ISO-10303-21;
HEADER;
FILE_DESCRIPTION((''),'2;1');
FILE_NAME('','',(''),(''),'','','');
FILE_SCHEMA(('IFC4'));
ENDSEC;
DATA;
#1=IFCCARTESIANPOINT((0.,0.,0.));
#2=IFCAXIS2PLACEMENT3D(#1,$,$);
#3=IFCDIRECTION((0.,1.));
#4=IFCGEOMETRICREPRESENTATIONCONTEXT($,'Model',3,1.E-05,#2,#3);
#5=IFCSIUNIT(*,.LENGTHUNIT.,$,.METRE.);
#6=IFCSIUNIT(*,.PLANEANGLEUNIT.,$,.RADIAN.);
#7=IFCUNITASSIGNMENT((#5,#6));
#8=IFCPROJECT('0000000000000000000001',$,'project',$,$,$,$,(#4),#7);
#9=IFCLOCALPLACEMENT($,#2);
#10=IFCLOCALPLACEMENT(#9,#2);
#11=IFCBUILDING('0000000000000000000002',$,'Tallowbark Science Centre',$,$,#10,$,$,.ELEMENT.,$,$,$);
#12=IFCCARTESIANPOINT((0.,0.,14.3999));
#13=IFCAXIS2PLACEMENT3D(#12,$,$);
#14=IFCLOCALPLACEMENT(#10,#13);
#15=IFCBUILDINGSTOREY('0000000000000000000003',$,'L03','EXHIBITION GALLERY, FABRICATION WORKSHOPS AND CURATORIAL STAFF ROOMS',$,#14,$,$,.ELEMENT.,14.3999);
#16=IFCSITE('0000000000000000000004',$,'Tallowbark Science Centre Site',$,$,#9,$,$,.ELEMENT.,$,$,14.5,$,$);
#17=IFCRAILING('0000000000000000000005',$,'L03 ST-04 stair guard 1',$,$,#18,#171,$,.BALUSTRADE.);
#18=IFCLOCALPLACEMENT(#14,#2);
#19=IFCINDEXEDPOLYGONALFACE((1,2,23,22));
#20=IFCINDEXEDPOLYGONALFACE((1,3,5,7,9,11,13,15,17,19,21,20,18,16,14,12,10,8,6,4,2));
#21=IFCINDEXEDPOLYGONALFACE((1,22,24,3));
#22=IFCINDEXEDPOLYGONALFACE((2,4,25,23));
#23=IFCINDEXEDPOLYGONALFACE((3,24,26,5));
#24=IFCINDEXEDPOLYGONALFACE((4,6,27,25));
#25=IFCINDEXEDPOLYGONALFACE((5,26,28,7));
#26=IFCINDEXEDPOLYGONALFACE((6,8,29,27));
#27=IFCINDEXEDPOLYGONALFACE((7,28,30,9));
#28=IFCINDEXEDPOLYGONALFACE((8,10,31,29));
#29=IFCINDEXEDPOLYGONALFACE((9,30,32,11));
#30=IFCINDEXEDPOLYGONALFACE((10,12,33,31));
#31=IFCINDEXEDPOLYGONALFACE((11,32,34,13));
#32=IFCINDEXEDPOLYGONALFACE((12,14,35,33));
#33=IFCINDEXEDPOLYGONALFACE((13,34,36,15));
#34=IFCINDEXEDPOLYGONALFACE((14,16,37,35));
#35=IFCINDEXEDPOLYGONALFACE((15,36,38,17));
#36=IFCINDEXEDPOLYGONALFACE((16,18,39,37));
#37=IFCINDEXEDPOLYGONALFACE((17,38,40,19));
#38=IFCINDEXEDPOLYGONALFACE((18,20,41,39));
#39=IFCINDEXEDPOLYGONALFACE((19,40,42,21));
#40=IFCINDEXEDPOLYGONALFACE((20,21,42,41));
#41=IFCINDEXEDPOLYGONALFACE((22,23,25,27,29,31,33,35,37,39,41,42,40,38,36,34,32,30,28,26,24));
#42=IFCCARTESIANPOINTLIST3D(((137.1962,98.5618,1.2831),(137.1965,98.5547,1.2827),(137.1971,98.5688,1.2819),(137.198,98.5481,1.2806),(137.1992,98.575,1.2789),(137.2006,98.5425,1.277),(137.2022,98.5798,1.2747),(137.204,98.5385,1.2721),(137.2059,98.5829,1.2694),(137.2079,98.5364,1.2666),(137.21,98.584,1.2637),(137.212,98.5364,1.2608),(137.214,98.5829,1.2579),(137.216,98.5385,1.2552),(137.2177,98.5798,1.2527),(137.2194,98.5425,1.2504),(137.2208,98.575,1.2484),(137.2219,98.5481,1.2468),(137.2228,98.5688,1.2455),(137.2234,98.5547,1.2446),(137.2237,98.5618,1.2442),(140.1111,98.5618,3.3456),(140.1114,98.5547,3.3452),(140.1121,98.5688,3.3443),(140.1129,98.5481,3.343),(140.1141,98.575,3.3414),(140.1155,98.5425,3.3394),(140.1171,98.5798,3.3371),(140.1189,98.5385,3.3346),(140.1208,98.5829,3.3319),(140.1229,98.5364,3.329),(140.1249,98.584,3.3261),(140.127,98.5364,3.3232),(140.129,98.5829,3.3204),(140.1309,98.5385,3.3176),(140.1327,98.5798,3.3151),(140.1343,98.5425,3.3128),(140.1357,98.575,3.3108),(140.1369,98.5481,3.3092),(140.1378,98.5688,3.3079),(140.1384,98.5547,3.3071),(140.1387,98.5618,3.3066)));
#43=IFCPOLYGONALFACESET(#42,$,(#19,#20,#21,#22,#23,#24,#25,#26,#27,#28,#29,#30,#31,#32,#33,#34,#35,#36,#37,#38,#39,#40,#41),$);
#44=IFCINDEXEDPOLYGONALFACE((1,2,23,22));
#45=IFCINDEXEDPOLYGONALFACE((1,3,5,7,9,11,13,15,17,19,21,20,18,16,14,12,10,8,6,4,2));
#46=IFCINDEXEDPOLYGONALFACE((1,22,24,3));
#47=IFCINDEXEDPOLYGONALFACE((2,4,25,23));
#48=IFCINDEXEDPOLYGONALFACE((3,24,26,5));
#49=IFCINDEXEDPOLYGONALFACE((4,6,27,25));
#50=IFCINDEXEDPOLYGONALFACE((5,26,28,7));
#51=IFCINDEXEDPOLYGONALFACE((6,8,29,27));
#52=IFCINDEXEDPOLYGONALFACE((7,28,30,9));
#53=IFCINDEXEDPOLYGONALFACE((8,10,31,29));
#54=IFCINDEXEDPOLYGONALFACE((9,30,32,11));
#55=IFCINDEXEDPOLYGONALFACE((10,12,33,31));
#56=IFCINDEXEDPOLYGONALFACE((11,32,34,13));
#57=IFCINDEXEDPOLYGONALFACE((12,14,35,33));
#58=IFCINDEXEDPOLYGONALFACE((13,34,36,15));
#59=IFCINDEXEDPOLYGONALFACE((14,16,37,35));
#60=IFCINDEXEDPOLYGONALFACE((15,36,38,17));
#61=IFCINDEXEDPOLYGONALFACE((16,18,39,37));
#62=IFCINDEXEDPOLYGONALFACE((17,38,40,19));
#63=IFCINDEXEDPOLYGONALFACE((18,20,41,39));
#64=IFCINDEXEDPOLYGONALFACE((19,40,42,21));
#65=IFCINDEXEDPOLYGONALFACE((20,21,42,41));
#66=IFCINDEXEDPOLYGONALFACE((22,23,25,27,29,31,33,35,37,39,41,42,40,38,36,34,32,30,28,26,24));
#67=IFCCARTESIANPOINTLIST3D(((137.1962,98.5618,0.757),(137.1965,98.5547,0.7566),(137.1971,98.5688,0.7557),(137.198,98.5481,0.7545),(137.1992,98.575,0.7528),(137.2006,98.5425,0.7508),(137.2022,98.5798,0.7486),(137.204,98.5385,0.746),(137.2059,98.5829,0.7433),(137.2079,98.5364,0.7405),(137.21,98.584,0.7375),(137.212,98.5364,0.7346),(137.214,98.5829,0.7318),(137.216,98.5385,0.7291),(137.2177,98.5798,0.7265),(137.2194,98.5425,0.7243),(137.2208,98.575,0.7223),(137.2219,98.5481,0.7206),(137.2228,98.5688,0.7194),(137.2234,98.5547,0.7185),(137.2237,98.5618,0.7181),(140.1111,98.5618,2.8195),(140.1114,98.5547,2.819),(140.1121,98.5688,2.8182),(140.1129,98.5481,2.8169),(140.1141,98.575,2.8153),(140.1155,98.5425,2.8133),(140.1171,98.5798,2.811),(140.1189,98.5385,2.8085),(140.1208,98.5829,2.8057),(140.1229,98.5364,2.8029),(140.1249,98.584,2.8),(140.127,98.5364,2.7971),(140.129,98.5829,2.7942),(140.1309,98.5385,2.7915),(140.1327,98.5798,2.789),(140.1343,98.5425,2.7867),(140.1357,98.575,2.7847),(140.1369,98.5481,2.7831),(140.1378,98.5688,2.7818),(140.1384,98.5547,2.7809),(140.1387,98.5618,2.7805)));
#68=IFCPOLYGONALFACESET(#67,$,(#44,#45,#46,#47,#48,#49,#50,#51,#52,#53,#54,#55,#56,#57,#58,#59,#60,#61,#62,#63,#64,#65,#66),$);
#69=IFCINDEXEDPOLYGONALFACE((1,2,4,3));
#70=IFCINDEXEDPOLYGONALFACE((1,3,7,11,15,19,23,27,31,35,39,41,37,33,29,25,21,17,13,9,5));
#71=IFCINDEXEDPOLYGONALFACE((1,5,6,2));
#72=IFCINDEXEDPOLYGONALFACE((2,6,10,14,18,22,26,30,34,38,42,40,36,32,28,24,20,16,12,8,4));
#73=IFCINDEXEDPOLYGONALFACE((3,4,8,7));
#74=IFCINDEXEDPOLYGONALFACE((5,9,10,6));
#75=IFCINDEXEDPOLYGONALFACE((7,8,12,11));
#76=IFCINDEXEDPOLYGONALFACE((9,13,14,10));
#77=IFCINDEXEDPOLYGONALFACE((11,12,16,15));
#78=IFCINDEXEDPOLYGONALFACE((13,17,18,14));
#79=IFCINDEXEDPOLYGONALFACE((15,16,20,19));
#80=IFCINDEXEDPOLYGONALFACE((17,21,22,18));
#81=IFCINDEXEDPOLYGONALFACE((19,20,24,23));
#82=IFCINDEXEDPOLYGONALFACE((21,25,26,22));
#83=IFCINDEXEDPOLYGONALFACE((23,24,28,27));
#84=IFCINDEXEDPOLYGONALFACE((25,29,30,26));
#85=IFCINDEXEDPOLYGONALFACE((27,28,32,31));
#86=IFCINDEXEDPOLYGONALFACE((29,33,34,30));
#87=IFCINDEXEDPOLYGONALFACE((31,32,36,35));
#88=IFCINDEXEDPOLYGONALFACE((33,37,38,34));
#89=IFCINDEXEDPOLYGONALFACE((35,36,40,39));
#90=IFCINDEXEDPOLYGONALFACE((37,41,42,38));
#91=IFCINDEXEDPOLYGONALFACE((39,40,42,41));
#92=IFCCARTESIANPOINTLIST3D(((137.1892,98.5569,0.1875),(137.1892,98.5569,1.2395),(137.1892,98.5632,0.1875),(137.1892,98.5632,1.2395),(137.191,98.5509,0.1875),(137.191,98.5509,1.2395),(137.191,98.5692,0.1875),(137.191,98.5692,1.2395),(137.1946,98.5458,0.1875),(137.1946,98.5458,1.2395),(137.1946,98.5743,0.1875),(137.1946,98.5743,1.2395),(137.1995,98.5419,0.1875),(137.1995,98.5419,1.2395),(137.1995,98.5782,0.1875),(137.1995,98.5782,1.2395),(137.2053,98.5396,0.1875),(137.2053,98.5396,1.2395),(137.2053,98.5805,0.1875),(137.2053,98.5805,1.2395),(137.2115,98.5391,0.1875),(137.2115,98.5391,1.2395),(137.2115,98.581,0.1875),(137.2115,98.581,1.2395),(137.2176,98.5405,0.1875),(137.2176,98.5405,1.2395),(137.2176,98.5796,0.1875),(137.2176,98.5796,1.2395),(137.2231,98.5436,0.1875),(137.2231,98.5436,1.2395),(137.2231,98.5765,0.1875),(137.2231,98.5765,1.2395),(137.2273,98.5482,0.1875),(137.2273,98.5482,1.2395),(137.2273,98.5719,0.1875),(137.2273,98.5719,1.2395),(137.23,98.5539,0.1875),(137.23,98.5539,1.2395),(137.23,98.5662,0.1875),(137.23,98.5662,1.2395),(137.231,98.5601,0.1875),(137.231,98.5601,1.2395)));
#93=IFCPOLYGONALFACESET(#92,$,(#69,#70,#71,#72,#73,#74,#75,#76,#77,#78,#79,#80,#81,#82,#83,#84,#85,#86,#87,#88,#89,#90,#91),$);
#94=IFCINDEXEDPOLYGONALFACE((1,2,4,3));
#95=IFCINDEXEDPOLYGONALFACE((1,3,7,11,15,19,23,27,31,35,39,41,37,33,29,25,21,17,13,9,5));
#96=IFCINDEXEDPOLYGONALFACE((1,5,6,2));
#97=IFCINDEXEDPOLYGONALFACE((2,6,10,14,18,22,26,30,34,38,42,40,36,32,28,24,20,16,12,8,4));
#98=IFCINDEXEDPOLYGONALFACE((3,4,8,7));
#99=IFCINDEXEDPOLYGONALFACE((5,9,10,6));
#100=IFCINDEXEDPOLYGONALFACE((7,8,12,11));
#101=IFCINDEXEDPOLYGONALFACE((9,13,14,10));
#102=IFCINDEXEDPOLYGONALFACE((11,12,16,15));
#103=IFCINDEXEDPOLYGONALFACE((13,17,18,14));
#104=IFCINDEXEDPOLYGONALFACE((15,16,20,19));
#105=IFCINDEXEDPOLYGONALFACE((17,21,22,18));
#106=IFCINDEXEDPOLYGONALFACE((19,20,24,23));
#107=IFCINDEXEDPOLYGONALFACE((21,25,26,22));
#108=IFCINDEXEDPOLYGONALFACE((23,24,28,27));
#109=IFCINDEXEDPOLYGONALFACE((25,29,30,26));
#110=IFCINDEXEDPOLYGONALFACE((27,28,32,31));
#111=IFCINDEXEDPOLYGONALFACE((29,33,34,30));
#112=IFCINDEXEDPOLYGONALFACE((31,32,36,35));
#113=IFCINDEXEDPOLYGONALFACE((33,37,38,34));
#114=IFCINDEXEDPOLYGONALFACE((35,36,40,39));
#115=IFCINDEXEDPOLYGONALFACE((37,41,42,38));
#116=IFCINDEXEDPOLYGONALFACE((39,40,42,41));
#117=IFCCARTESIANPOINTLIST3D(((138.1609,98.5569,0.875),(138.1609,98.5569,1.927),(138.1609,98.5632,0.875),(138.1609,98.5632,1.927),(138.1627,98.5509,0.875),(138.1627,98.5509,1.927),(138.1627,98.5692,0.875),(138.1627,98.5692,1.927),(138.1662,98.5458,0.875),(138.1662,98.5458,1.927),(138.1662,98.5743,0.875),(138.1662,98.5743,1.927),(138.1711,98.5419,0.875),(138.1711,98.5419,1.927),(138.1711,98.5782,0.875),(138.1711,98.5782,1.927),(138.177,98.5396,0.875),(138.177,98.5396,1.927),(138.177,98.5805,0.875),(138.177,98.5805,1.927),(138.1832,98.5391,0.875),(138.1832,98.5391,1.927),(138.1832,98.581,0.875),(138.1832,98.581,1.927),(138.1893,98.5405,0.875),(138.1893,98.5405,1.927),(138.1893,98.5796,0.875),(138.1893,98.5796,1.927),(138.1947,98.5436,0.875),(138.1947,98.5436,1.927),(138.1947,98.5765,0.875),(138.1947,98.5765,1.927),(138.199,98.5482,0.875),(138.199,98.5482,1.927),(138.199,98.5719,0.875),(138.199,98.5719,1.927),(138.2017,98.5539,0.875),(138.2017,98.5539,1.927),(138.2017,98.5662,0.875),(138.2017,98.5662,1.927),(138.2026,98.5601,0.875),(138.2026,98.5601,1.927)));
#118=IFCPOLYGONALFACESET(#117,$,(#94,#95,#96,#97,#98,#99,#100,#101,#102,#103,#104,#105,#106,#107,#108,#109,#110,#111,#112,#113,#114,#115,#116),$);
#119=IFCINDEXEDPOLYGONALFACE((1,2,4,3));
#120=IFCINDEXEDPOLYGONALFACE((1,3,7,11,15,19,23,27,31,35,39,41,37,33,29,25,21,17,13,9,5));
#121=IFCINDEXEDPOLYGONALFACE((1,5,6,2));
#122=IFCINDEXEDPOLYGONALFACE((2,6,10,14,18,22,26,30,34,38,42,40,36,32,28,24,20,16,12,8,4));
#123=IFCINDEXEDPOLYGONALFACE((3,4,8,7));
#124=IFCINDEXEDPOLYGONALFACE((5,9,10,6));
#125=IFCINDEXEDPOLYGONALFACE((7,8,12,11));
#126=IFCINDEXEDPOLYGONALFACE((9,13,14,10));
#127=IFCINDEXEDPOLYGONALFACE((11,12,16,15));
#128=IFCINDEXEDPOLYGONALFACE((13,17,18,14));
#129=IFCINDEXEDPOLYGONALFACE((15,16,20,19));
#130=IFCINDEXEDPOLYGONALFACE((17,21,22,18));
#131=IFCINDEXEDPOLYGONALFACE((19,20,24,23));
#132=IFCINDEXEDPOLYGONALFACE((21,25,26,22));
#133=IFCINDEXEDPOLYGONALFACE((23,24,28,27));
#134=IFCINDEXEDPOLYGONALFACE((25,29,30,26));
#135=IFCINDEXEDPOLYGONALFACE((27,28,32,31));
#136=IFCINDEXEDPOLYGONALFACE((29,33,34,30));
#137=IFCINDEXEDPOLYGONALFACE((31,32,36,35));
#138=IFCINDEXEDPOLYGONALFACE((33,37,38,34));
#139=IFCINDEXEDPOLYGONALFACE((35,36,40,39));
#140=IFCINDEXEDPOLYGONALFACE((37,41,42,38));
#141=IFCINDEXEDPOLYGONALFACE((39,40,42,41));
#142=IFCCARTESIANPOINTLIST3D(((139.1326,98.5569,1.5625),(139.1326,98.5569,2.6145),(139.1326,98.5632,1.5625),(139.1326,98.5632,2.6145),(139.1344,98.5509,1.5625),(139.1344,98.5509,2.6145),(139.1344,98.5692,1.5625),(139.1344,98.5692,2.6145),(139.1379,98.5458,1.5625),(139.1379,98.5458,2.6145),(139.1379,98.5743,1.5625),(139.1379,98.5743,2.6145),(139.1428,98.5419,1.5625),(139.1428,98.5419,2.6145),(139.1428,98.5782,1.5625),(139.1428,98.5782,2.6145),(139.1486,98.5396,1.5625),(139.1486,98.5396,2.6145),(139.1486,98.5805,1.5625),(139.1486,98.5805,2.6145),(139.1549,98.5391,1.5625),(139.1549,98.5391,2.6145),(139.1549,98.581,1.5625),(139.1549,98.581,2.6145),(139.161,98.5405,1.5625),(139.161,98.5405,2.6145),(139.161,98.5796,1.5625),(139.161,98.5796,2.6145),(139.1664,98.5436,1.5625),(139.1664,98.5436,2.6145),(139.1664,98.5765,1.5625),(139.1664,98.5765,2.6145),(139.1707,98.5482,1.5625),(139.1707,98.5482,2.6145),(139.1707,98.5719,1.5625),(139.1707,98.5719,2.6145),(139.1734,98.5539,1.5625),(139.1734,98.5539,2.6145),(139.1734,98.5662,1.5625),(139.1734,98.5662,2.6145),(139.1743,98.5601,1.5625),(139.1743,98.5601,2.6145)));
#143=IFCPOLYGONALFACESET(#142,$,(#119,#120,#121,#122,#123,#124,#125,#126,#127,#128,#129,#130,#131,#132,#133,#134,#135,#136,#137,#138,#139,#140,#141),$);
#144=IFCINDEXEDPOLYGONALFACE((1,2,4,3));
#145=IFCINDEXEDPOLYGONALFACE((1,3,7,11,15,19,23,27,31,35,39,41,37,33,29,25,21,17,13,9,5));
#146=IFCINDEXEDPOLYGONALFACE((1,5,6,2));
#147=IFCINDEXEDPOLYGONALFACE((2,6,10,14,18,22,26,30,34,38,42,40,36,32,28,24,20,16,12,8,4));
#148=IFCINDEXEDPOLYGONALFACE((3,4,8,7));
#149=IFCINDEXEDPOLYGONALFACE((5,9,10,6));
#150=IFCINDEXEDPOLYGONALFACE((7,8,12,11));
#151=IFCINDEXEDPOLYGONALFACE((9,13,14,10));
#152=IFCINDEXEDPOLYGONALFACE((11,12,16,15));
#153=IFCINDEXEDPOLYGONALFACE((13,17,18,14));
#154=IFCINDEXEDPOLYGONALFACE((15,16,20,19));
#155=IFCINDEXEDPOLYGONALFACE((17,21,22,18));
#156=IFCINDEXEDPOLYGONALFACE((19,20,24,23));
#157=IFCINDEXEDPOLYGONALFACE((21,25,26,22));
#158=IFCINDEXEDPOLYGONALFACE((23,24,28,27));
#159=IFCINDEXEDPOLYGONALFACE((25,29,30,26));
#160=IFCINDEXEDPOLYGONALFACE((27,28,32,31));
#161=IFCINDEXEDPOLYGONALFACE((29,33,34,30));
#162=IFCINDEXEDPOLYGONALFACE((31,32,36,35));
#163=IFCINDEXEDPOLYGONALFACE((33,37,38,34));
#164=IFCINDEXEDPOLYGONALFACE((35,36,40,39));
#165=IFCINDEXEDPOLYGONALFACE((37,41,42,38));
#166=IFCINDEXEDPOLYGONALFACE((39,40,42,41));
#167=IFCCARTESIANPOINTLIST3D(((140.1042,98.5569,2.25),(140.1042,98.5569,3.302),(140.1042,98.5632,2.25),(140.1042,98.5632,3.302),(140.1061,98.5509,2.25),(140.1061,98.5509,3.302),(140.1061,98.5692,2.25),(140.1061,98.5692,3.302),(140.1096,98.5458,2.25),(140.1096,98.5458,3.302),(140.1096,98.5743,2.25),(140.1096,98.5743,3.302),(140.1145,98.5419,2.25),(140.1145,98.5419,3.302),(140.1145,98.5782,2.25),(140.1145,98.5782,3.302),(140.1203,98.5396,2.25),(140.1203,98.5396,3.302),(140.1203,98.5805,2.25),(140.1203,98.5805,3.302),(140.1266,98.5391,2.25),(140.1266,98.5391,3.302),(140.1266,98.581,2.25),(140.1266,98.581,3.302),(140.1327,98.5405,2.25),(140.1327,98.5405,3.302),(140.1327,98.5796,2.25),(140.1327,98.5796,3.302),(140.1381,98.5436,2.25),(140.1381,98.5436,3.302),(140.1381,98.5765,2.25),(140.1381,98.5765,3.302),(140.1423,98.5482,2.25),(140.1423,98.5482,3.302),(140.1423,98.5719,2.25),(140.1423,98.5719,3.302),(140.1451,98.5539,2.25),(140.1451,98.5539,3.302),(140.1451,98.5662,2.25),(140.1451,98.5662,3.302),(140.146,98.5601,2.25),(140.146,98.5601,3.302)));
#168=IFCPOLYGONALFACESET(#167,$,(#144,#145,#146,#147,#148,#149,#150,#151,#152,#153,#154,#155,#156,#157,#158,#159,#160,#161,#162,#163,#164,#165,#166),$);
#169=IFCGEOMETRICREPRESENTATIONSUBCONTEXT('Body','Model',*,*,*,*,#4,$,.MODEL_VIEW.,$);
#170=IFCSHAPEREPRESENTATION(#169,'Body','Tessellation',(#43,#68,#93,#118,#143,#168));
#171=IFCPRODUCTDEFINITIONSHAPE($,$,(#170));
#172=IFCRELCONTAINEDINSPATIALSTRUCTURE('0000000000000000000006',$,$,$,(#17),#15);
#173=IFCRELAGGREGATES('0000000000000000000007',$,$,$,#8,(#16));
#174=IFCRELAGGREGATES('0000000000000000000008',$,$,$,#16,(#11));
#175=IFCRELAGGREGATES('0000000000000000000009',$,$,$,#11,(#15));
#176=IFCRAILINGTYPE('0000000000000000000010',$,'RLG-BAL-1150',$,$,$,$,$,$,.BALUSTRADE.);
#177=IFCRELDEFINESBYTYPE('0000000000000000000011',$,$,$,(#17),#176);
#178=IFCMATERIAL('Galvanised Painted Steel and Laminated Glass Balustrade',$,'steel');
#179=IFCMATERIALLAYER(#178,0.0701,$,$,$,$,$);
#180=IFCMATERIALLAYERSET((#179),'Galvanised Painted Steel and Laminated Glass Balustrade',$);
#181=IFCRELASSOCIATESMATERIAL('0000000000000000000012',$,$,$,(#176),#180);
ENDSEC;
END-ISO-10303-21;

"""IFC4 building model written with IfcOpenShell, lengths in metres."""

from ifc_helpers import new_model, si_unit, direction, frame, origin, origin_2d, place, context, subcontext, project, spatial, circle, extrude, material, layer, layer_set, type_object, element, save


model = new_model("IFC4")

# Units and contexts
model_context = context("Model", 3, precision=1e-05, world=origin(), true_north=direction((0.0, 1.0)))
body_context = subcontext(model_context, "Body", "Model", "MODEL_VIEW")
ifc_project = project(units=[si_unit("LENGTHUNIT", "METRE"), si_unit("PLANEANGLEUNIT", "RADIAN")], contexts=[model_context])

# Site, building, storey
site_placement = place(None, origin())
site = spatial("IfcSite", under=ifc_project, at=site_placement, Name="Tallowbark Science Centre Site", CompositionType="ELEMENT", RefElevation=14.5)
building_placement = place(site_placement, origin())
building = spatial("IfcBuilding", under=site, at=building_placement, Name="Tallowbark Science Centre", CompositionType="ELEMENT")
storey_placement = place(building_placement, frame((0.0, 0.0, 14.3999)))
storey = spatial("IfcBuildingStorey", under=building, at=storey_placement, Name="L03", Description="EXHIBITION GALLERY, FABRICATION WORKSHOPS AND CURATORIAL STAFF ROOMS", CompositionType="ELEMENT", Elevation=14.3999)

# Railing
ifc_material_1 = material(Name="Galvanised Painted Steel and Laminated Glass Balustrade", Category="steel")
ifc_layer_1 = layer(ifc_material_1, 0.0701)
ifc_layer_set_1 = layer_set([ifc_layer_1], Name="Galvanised Painted Steel and Laminated Glass Balustrade")
railing_type_1 = type_object("IfcRailingType", Name="RLG-BAL-1150", PredefinedType="BALUSTRADE", material=ifc_layer_set_1)
railing_1_placement = place(storey_placement, frame((137.21, 98.5601, 0.1875)))
element("IfcRailing", 1, at=railing_1_placement, inside=storey, type_object=railing_type_1, Name="L03 ST-04 stair guard 1", PredefinedType="BALUSTRADE", context=body_context, shape_type="SweptSolid", body=[
    extrude(circle(Radius=0.0239, at=origin_2d()), frame((0.0, 0.0, 1.0762), z_axis=(0.816331, 0.0, 0.577585), x_axis=(0.0, 1.0, 0.0)), (0.0, 0.0, 1.0), 3.5708),
    extrude(circle(Radius=0.0239, at=origin_2d()), frame((0.0, 0.0, 0.55), z_axis=(0.816331, 0.0, 0.577585), x_axis=(0.0, 1.0, 0.0)), (0.0, 0.0, 1.0), 3.5708),
    extrude(circle(Radius=0.021, at=origin_2d()), origin(), (0.0, 0.0, 1.0), 1.052),
    extrude(circle(Radius=0.021, at=origin_2d()), frame((0.9717, 0.0, 0.6875)), (0.0, 0.0, 1.0), 1.052),
    extrude(circle(Radius=0.021, at=origin_2d()), frame((1.9434, 0.0, 1.375)), (0.0, 0.0, 1.0), 1.052),
    extrude(circle(Radius=0.021, at=origin_2d()), frame((2.915, 0.0, 2.0625)), (0.0, 0.0, 1.0), 1.052),
])

save(model, "model.ifc")
